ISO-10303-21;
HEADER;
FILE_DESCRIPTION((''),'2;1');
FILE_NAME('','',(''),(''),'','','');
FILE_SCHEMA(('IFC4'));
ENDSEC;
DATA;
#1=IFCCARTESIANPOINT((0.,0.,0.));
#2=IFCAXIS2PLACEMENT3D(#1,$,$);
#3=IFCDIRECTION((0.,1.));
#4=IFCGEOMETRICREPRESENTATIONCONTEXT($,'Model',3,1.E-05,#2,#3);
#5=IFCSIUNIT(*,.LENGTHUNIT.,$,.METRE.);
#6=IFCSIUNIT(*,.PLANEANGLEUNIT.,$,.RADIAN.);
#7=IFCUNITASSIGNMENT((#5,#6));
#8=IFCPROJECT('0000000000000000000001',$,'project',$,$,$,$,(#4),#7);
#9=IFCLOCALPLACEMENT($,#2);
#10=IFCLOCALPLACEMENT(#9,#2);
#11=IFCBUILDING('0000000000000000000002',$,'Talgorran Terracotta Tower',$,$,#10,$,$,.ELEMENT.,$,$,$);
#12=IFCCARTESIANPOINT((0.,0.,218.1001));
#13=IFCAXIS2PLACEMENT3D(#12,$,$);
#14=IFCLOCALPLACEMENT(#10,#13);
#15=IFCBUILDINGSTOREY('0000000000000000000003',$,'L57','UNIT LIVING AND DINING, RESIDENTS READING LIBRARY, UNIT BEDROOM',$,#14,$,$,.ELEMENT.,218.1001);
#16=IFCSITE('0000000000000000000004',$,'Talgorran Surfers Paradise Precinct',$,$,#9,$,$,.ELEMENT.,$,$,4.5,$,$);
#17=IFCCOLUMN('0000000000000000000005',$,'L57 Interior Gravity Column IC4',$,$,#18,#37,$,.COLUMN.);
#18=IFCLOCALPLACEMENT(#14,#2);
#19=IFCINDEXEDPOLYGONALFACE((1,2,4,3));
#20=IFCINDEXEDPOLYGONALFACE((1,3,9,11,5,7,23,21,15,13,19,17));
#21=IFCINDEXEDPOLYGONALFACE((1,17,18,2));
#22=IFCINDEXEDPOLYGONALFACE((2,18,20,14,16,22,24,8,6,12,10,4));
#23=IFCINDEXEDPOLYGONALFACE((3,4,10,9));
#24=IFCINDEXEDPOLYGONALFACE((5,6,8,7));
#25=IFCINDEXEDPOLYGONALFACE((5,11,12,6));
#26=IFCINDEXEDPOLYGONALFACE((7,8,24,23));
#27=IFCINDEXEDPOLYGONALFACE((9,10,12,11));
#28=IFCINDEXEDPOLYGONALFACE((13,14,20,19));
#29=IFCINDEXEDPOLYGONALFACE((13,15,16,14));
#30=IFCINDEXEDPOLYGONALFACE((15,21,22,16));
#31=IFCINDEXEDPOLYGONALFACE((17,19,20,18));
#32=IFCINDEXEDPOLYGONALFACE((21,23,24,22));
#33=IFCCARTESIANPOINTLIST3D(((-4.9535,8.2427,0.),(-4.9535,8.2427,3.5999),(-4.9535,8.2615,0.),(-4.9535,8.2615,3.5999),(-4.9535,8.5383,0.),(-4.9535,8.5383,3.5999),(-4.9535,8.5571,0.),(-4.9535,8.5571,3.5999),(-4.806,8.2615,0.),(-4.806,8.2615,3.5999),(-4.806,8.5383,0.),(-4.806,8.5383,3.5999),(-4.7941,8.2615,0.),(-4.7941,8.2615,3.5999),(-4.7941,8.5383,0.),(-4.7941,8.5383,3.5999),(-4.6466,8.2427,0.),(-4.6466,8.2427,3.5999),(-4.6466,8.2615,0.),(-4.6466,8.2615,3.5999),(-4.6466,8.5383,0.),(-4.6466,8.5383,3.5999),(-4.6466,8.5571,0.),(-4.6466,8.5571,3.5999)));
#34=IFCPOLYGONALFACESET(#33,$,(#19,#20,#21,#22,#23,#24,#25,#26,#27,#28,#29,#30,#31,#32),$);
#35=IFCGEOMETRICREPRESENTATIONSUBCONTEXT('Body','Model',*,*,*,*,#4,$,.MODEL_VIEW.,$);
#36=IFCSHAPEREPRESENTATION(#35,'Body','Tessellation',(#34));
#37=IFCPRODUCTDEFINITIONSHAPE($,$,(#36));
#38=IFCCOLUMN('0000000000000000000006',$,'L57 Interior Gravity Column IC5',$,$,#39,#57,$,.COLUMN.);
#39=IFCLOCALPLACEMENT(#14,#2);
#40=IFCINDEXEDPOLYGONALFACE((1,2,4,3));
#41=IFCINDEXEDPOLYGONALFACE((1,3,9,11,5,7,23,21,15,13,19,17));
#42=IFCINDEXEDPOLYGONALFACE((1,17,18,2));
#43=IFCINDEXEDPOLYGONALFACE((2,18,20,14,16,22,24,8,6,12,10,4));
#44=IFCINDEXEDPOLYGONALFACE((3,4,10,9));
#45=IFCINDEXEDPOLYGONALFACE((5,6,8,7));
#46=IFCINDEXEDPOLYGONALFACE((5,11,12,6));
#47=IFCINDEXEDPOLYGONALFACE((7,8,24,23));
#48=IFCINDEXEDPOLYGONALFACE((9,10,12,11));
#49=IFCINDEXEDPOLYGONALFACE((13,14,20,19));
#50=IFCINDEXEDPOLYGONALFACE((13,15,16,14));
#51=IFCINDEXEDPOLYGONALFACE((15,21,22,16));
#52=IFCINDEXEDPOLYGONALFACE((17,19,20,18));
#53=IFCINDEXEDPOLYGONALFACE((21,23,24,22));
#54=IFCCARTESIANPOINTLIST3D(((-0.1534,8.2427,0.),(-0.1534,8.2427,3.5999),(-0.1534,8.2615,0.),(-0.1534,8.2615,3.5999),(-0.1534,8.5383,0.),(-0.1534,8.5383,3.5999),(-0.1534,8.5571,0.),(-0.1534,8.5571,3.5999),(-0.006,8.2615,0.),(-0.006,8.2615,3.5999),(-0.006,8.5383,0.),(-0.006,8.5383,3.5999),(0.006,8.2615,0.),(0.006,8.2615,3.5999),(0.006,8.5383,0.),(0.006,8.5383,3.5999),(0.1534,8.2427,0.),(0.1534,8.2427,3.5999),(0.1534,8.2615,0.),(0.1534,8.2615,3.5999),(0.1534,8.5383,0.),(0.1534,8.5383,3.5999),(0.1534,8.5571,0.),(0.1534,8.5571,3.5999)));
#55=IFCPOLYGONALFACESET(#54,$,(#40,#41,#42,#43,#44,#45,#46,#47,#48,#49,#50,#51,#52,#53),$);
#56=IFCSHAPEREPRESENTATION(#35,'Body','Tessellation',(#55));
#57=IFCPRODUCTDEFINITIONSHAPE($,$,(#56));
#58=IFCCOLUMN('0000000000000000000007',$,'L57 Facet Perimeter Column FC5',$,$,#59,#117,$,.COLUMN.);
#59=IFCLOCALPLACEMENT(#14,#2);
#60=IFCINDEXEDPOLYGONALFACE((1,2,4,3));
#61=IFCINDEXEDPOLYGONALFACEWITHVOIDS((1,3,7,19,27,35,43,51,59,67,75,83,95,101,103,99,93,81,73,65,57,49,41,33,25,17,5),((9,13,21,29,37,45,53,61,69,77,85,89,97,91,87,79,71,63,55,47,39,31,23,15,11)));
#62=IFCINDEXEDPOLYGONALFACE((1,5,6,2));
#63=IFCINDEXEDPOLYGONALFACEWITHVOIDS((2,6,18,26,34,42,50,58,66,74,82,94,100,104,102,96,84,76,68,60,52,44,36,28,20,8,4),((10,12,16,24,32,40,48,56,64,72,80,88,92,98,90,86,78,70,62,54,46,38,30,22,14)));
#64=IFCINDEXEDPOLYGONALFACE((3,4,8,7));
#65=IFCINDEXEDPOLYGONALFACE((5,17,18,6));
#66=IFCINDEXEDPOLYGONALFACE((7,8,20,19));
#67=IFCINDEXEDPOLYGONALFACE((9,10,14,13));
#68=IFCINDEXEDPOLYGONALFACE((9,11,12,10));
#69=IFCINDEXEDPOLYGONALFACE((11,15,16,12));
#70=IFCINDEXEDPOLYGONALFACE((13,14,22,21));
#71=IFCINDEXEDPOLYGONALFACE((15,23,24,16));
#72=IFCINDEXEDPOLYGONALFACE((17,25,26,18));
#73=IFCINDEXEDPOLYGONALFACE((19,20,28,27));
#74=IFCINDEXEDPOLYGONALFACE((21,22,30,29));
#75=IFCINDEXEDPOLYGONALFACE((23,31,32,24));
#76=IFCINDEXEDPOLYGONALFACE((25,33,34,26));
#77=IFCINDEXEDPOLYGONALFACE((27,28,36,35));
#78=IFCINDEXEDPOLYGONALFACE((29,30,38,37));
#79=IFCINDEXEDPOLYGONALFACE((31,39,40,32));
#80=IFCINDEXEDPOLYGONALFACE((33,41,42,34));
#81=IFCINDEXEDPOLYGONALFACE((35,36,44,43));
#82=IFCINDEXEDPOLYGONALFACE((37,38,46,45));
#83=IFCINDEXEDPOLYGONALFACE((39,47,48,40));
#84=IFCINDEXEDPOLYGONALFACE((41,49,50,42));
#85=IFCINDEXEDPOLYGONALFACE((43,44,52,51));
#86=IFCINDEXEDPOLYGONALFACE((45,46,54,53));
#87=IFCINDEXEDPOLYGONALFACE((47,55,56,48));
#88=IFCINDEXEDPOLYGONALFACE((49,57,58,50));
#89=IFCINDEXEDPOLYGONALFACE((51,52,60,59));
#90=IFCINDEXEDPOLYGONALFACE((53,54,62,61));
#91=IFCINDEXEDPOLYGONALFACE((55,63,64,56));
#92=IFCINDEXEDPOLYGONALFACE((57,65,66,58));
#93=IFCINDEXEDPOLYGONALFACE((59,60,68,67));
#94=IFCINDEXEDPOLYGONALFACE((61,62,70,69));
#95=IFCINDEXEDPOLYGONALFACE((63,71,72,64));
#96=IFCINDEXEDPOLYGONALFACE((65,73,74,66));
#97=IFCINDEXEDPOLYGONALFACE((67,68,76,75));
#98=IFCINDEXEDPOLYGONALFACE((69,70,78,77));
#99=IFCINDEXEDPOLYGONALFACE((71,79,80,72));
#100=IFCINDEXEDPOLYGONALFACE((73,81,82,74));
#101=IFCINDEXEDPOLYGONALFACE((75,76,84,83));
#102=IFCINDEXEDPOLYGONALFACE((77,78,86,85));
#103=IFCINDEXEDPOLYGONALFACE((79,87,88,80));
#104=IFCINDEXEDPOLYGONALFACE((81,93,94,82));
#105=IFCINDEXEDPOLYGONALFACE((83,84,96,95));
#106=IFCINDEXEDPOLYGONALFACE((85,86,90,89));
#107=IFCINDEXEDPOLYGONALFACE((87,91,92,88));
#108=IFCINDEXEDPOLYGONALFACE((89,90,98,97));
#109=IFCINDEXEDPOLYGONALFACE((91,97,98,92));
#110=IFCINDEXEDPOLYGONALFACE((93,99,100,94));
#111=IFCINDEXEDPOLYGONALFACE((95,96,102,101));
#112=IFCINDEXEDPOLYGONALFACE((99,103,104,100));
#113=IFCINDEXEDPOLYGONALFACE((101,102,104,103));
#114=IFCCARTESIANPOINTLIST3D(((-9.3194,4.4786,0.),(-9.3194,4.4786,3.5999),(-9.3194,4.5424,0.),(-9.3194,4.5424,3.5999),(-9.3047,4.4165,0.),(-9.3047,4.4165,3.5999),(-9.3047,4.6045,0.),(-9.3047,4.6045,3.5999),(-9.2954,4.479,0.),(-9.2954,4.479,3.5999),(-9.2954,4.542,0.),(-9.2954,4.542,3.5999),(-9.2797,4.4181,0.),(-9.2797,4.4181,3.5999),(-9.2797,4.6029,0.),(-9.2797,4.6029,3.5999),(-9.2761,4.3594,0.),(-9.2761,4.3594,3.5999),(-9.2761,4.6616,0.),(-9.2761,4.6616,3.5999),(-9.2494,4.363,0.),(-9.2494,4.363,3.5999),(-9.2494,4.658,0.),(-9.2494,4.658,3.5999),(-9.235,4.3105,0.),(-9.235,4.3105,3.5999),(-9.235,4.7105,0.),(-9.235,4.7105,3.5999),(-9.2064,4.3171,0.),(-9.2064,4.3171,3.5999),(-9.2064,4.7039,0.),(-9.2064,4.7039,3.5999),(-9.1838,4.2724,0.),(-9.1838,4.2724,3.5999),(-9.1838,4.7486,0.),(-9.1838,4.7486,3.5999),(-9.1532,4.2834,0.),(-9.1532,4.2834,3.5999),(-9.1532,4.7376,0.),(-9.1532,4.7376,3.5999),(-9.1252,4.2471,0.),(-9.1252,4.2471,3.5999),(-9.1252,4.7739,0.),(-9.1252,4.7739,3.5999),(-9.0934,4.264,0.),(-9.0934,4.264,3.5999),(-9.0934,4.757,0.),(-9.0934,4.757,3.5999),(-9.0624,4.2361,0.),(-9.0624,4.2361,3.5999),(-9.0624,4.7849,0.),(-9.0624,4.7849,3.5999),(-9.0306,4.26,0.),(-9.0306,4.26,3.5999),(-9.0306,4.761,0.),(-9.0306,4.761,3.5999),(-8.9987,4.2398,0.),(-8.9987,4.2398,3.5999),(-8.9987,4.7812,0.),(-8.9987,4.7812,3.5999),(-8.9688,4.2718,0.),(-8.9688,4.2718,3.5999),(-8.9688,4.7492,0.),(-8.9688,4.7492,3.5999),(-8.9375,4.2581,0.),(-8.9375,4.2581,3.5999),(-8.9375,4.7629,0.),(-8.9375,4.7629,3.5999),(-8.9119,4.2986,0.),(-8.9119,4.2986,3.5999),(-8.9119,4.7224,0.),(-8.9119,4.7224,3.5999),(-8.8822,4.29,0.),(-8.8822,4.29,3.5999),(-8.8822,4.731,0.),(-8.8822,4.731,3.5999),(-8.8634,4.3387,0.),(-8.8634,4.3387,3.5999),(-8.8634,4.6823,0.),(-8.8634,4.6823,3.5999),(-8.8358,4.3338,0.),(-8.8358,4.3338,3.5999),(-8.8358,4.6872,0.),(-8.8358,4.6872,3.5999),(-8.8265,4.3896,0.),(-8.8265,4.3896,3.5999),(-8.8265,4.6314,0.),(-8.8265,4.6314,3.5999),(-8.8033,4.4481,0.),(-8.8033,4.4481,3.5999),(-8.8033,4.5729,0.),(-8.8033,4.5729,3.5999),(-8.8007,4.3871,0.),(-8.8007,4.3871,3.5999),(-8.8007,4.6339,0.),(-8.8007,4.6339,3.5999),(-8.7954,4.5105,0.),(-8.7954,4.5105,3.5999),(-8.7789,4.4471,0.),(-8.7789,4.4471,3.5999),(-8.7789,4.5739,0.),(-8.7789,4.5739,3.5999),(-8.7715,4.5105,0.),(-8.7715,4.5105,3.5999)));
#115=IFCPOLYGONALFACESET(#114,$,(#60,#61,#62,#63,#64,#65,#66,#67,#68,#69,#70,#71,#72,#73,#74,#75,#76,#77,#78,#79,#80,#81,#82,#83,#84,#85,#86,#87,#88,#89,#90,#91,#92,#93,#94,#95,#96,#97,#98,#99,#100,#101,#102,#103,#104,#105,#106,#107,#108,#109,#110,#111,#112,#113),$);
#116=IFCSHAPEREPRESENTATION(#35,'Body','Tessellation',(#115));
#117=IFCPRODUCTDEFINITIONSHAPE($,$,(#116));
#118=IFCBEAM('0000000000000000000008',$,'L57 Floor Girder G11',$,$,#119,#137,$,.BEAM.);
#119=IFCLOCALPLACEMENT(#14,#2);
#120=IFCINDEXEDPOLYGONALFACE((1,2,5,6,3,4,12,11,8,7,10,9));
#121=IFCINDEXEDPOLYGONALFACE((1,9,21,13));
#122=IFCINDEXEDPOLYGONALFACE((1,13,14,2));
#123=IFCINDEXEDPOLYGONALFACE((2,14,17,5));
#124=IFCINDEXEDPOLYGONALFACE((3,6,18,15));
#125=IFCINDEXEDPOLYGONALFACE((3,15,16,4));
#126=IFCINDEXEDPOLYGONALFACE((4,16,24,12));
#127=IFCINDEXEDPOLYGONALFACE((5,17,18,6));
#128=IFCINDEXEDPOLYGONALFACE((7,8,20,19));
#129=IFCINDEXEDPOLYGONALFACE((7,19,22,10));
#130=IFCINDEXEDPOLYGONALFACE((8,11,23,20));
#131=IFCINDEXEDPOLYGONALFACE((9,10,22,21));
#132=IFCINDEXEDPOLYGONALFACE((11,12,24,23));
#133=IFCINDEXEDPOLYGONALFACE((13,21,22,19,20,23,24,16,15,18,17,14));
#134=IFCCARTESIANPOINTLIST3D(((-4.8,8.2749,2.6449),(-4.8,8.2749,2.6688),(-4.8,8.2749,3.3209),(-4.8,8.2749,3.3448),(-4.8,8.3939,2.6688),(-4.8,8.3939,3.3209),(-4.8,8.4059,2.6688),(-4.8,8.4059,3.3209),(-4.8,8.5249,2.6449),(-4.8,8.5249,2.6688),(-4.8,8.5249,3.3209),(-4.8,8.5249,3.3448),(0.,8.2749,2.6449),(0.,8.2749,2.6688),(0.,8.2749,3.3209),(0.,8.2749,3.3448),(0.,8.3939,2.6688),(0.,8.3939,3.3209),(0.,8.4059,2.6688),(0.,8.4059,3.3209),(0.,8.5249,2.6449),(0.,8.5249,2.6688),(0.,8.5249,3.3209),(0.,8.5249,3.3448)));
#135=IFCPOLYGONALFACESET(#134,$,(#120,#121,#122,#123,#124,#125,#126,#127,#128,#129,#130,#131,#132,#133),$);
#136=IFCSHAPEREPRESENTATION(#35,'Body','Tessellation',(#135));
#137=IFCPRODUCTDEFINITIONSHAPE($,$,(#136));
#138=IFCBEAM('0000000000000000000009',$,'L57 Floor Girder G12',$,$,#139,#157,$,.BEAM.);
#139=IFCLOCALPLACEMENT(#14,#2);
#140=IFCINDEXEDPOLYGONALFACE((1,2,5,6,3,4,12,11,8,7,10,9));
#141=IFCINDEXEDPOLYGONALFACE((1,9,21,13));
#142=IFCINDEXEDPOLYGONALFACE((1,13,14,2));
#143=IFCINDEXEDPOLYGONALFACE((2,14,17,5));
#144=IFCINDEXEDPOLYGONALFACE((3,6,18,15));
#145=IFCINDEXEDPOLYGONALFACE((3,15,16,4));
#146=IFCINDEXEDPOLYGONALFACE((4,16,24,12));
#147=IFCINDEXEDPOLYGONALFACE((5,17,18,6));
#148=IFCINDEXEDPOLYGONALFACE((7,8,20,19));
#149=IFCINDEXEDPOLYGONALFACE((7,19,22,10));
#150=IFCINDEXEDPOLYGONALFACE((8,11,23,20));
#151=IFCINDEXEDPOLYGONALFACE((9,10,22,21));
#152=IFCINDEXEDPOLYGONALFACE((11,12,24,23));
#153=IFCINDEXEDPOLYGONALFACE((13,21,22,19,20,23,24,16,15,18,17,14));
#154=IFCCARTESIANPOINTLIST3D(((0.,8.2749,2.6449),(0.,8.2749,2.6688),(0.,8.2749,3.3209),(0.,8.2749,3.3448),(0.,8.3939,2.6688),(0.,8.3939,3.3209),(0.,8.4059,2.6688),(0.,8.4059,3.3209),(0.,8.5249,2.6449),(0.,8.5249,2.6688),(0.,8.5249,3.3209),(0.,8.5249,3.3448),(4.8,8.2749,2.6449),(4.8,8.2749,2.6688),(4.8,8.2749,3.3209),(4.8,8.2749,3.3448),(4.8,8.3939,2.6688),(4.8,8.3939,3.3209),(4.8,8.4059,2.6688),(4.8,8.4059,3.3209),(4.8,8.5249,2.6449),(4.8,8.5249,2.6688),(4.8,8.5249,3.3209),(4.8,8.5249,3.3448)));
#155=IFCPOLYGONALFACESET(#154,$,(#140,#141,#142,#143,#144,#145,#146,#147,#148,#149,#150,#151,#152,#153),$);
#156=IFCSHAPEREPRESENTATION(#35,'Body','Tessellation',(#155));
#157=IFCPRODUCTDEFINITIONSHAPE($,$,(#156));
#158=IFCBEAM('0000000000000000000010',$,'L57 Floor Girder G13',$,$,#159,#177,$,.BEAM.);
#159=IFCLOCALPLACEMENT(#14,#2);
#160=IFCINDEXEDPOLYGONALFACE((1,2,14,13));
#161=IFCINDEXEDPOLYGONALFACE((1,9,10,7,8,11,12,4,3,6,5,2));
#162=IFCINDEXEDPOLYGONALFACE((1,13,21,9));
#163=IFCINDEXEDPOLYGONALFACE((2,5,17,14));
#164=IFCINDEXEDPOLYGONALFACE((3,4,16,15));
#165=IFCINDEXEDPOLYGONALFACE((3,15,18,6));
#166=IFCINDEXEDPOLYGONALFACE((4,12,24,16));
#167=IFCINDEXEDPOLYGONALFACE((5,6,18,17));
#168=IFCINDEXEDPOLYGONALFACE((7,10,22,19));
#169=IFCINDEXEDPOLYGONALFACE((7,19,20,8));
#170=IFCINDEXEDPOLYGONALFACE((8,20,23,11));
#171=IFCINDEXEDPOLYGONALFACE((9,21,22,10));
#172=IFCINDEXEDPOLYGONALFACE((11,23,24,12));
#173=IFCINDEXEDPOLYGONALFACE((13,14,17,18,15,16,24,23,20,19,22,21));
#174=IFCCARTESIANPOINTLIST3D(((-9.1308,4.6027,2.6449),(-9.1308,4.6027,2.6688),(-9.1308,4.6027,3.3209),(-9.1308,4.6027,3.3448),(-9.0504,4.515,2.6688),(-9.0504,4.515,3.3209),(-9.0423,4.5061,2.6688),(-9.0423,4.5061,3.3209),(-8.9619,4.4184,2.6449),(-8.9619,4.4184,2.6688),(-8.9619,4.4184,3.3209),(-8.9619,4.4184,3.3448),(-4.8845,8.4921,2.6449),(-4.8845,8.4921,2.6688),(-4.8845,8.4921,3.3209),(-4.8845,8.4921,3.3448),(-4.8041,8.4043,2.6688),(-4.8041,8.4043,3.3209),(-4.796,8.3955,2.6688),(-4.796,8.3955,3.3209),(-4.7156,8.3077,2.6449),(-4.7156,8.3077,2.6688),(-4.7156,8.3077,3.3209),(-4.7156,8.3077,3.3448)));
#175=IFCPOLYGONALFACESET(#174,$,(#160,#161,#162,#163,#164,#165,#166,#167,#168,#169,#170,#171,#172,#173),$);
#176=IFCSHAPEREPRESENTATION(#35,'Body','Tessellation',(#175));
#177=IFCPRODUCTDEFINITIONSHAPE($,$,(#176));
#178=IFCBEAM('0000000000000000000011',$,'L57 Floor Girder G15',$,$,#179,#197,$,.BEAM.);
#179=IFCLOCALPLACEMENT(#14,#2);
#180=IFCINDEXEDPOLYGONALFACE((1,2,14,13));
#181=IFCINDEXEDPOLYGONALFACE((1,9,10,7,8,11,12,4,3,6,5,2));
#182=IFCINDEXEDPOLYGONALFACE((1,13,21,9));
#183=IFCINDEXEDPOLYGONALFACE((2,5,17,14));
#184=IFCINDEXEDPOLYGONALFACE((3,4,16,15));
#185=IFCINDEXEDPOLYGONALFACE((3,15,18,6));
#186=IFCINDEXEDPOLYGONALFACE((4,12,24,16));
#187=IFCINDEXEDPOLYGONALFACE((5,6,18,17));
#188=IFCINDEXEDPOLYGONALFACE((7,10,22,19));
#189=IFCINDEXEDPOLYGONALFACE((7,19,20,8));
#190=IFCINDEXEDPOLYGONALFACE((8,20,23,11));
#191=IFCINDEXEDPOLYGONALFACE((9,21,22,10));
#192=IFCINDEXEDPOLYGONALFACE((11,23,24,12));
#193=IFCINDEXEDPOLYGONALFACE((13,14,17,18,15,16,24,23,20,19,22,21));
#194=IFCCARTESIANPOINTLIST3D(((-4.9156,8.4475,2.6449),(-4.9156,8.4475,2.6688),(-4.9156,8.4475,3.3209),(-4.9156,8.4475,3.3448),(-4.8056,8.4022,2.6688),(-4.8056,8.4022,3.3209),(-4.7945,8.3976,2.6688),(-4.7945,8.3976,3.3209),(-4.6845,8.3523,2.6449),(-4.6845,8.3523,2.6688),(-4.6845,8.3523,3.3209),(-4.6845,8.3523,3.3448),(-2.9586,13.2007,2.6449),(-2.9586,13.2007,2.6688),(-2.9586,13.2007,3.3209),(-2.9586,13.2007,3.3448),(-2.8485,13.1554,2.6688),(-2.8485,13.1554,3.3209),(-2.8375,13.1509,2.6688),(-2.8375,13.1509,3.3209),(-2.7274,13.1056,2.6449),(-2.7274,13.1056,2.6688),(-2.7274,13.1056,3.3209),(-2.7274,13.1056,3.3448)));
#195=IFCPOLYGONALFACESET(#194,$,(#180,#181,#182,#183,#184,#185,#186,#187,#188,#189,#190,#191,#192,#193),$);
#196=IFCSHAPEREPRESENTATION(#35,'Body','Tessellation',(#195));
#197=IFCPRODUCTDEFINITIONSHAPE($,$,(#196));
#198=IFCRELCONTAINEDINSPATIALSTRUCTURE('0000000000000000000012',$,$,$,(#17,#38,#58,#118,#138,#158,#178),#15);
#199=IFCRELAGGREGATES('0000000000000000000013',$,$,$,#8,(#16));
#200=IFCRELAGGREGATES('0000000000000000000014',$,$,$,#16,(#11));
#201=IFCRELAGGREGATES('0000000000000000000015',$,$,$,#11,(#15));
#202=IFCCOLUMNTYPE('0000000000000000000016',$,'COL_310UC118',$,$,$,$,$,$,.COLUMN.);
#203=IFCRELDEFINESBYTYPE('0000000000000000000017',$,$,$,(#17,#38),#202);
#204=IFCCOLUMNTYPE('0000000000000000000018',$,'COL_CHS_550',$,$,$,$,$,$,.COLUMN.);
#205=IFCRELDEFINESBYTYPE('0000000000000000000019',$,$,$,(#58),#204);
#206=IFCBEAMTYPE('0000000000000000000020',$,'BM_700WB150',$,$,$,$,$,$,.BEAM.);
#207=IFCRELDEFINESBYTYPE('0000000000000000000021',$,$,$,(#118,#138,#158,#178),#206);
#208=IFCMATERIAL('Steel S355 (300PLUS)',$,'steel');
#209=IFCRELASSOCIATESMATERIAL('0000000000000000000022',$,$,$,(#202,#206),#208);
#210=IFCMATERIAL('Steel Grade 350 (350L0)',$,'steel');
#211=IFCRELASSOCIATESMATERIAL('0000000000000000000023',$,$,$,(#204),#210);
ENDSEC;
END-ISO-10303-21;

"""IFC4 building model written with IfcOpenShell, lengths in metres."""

from ifc_helpers import new_model, si_unit, direction, frame, origin, origin_2d, place, context, subcontext, project, spatial, hollow_circle, i_section, extrude, material, material_profile, profile_set, type_object, element, save


model = new_model("IFC4")

# Units and contexts
model_context = context("Model", 3, precision=1e-05, world=origin(), true_north=direction((0.0, 1.0)))
body_context = subcontext(model_context, "Body", "Model", "MODEL_VIEW")
ifc_project = project(units=[si_unit("LENGTHUNIT", "METRE"), si_unit("PLANEANGLEUNIT", "RADIAN")], contexts=[model_context])

# Site, building, storey
site_placement = place(None, origin())
site = spatial("IfcSite", under=ifc_project, at=site_placement, Name="Talgorran Surfers Paradise Precinct", CompositionType="ELEMENT", RefElevation=4.5)
building_placement = place(site_placement, origin())
building = spatial("IfcBuilding", under=site, at=building_placement, Name="Talgorran Terracotta Tower", CompositionType="ELEMENT")
storey_placement = place(building_placement, frame((0.0, 0.0, 218.1001)))
storey = spatial("IfcBuildingStorey", under=building, at=storey_placement, Name="L57", Description="UNIT LIVING AND DINING, RESIDENTS READING LIBRARY, UNIT BEDROOM", CompositionType="ELEMENT", Elevation=218.1001)

# Columns
ifc_material_1 = material(Name="Steel S355 (300PLUS)", Category="steel")
ifc_material_profile_1 = material_profile(ifc_material_1, i_section(OverallWidth=0.3069, OverallDepth=0.3145, WebThickness=0.012, FlangeThickness=0.0188, at=origin_2d()), Name="310UC118")
ifc_profile_set_1 = profile_set([ifc_material_profile_1], Name="Steel S355 (300PLUS)")
column_type_1 = type_object("IfcColumnType", Name="COL_310UC118", PredefinedType="COLUMN", material=ifc_profile_set_1)
for number, where, z_axis, x_axis, name in (
    (1, (-4.8, 8.3999, 0.0), (0.0, 0.0, 1.0), (1.0, 0.0, 0.0), "L57 Interior Gravity Column IC4"),
    (2, (0.0, 8.3999, 0.0), (0.0, 0.0, 1.0), (1.0, 0.0, 0.0), "L57 Interior Gravity Column IC5"),
):
    element("IfcColumn", number, at=place(storey_placement, frame(where, z_axis=z_axis, x_axis=x_axis)), inside=storey, type_object=column_type_1, Name=name, PredefinedType="COLUMN", context=body_context, shape_type="SweptSolid", body=[
        extrude(i_section(OverallWidth=0.3069, OverallDepth=0.3145, WebThickness=0.012, FlangeThickness=0.0188, at=origin_2d()), origin(), (0.0, 0.0, 1.0), 3.5999),
    ])
ifc_material_2 = material(Name="Steel Grade 350 (350L0)", Category="steel")
ifc_material_profile_2 = material_profile(ifc_material_2, hollow_circle(Radius=0.2749, WallThickness=0.0239, at=origin_2d()), Name="CHS550X24")
ifc_profile_set_2 = profile_set([ifc_material_profile_2], Name="Steel Grade 350 (350L0)")
column_type_2 = type_object("IfcColumnType", Name="COL_CHS_550", PredefinedType="COLUMN", material=ifc_profile_set_2)
column_placement = place(storey_placement, frame((-9.0464, 4.5105, 0.0), z_axis=(0.0, 0.0, 1.0), x_axis=(1.0, 0.0, 0.0)))
element("IfcColumn", 3, at=column_placement, inside=storey, type_object=column_type_2, Name="L57 Facet Perimeter Column FC5", PredefinedType="COLUMN", context=body_context, shape_type="SweptSolid", body=[
    extrude(hollow_circle(Radius=0.2749, WallThickness=0.0239, at=origin_2d()), origin(), (0.0, 0.0, 1.0), 3.5999),
])

# Beams
ifc_material_profile_3 = material_profile(ifc_material_1, i_section(OverallWidth=0.25, OverallDepth=0.7, WebThickness=0.012, FlangeThickness=0.0239, at=origin_2d()), Name="700WB150")
ifc_profile_set_3 = profile_set([ifc_material_profile_3], Name="Steel S355 (300PLUS)")
beam_type_1 = type_object("IfcBeamType", Name="BM_700WB150", PredefinedType="BEAM", material=ifc_profile_set_3)
for number, where, z_axis, x_axis, name in (
    (4, (-4.8, 8.3999, 2.9949), (1.0, 0.0, 0.0), (0.0, 1.0, 0.0), "L57 Floor Girder G11"),
    (5, (0.0, 8.3999, 2.9949), (1.0, 0.0, 0.0), (0.0, 1.0, 0.0), "L57 Floor Girder G12"),
):
    element("IfcBeam", number, at=place(storey_placement, frame(where, z_axis=z_axis, x_axis=x_axis)), inside=storey, type_object=beam_type_1, Name=name, PredefinedType="BEAM", context=body_context, shape_type="SweptSolid", body=[
        extrude(i_section(OverallWidth=0.25, OverallDepth=0.7, WebThickness=0.012, FlangeThickness=0.0239, at=origin_2d()), origin(), (0.0, 0.0, 1.0), 4.8),
    ])
beam_1_placement = place(storey_placement, frame((-4.8, 8.3999, 2.9949), z_axis=(-0.73742, -0.675435, 0.0), x_axis=(0.675435, -0.73742, 0.0)))
element("IfcBeam", 6, at=beam_1_placement, inside=storey, type_object=beam_type_1, Name="L57 Floor Girder G13", PredefinedType="BEAM", context=body_context, shape_type="SweptSolid", body=[
    extrude(i_section(OverallWidth=0.25, OverallDepth=0.7, WebThickness=0.012, FlangeThickness=0.0239, at=origin_2d()), origin(), (0.0, 0.0, 1.0), 5.7583),
])
beam_2_placement = place(storey_placement, frame((-4.8, 8.3999, 2.9949), z_axis=(0.380724, 0.924689, 0.0), x_axis=(-0.924689, 0.380724, 0.0)))
element("IfcBeam", 7, at=beam_2_placement, inside=storey, type_object=beam_type_1, Name="L57 Floor Girder G15", PredefinedType="BEAM", context=body_context, shape_type="SweptSolid", body=[
    extrude(i_section(OverallWidth=0.25, OverallDepth=0.7, WebThickness=0.012, FlangeThickness=0.0239, at=origin_2d()), origin(), (0.0, 0.0, 1.0), 5.1404),
])

save(model, "model.ifc")
